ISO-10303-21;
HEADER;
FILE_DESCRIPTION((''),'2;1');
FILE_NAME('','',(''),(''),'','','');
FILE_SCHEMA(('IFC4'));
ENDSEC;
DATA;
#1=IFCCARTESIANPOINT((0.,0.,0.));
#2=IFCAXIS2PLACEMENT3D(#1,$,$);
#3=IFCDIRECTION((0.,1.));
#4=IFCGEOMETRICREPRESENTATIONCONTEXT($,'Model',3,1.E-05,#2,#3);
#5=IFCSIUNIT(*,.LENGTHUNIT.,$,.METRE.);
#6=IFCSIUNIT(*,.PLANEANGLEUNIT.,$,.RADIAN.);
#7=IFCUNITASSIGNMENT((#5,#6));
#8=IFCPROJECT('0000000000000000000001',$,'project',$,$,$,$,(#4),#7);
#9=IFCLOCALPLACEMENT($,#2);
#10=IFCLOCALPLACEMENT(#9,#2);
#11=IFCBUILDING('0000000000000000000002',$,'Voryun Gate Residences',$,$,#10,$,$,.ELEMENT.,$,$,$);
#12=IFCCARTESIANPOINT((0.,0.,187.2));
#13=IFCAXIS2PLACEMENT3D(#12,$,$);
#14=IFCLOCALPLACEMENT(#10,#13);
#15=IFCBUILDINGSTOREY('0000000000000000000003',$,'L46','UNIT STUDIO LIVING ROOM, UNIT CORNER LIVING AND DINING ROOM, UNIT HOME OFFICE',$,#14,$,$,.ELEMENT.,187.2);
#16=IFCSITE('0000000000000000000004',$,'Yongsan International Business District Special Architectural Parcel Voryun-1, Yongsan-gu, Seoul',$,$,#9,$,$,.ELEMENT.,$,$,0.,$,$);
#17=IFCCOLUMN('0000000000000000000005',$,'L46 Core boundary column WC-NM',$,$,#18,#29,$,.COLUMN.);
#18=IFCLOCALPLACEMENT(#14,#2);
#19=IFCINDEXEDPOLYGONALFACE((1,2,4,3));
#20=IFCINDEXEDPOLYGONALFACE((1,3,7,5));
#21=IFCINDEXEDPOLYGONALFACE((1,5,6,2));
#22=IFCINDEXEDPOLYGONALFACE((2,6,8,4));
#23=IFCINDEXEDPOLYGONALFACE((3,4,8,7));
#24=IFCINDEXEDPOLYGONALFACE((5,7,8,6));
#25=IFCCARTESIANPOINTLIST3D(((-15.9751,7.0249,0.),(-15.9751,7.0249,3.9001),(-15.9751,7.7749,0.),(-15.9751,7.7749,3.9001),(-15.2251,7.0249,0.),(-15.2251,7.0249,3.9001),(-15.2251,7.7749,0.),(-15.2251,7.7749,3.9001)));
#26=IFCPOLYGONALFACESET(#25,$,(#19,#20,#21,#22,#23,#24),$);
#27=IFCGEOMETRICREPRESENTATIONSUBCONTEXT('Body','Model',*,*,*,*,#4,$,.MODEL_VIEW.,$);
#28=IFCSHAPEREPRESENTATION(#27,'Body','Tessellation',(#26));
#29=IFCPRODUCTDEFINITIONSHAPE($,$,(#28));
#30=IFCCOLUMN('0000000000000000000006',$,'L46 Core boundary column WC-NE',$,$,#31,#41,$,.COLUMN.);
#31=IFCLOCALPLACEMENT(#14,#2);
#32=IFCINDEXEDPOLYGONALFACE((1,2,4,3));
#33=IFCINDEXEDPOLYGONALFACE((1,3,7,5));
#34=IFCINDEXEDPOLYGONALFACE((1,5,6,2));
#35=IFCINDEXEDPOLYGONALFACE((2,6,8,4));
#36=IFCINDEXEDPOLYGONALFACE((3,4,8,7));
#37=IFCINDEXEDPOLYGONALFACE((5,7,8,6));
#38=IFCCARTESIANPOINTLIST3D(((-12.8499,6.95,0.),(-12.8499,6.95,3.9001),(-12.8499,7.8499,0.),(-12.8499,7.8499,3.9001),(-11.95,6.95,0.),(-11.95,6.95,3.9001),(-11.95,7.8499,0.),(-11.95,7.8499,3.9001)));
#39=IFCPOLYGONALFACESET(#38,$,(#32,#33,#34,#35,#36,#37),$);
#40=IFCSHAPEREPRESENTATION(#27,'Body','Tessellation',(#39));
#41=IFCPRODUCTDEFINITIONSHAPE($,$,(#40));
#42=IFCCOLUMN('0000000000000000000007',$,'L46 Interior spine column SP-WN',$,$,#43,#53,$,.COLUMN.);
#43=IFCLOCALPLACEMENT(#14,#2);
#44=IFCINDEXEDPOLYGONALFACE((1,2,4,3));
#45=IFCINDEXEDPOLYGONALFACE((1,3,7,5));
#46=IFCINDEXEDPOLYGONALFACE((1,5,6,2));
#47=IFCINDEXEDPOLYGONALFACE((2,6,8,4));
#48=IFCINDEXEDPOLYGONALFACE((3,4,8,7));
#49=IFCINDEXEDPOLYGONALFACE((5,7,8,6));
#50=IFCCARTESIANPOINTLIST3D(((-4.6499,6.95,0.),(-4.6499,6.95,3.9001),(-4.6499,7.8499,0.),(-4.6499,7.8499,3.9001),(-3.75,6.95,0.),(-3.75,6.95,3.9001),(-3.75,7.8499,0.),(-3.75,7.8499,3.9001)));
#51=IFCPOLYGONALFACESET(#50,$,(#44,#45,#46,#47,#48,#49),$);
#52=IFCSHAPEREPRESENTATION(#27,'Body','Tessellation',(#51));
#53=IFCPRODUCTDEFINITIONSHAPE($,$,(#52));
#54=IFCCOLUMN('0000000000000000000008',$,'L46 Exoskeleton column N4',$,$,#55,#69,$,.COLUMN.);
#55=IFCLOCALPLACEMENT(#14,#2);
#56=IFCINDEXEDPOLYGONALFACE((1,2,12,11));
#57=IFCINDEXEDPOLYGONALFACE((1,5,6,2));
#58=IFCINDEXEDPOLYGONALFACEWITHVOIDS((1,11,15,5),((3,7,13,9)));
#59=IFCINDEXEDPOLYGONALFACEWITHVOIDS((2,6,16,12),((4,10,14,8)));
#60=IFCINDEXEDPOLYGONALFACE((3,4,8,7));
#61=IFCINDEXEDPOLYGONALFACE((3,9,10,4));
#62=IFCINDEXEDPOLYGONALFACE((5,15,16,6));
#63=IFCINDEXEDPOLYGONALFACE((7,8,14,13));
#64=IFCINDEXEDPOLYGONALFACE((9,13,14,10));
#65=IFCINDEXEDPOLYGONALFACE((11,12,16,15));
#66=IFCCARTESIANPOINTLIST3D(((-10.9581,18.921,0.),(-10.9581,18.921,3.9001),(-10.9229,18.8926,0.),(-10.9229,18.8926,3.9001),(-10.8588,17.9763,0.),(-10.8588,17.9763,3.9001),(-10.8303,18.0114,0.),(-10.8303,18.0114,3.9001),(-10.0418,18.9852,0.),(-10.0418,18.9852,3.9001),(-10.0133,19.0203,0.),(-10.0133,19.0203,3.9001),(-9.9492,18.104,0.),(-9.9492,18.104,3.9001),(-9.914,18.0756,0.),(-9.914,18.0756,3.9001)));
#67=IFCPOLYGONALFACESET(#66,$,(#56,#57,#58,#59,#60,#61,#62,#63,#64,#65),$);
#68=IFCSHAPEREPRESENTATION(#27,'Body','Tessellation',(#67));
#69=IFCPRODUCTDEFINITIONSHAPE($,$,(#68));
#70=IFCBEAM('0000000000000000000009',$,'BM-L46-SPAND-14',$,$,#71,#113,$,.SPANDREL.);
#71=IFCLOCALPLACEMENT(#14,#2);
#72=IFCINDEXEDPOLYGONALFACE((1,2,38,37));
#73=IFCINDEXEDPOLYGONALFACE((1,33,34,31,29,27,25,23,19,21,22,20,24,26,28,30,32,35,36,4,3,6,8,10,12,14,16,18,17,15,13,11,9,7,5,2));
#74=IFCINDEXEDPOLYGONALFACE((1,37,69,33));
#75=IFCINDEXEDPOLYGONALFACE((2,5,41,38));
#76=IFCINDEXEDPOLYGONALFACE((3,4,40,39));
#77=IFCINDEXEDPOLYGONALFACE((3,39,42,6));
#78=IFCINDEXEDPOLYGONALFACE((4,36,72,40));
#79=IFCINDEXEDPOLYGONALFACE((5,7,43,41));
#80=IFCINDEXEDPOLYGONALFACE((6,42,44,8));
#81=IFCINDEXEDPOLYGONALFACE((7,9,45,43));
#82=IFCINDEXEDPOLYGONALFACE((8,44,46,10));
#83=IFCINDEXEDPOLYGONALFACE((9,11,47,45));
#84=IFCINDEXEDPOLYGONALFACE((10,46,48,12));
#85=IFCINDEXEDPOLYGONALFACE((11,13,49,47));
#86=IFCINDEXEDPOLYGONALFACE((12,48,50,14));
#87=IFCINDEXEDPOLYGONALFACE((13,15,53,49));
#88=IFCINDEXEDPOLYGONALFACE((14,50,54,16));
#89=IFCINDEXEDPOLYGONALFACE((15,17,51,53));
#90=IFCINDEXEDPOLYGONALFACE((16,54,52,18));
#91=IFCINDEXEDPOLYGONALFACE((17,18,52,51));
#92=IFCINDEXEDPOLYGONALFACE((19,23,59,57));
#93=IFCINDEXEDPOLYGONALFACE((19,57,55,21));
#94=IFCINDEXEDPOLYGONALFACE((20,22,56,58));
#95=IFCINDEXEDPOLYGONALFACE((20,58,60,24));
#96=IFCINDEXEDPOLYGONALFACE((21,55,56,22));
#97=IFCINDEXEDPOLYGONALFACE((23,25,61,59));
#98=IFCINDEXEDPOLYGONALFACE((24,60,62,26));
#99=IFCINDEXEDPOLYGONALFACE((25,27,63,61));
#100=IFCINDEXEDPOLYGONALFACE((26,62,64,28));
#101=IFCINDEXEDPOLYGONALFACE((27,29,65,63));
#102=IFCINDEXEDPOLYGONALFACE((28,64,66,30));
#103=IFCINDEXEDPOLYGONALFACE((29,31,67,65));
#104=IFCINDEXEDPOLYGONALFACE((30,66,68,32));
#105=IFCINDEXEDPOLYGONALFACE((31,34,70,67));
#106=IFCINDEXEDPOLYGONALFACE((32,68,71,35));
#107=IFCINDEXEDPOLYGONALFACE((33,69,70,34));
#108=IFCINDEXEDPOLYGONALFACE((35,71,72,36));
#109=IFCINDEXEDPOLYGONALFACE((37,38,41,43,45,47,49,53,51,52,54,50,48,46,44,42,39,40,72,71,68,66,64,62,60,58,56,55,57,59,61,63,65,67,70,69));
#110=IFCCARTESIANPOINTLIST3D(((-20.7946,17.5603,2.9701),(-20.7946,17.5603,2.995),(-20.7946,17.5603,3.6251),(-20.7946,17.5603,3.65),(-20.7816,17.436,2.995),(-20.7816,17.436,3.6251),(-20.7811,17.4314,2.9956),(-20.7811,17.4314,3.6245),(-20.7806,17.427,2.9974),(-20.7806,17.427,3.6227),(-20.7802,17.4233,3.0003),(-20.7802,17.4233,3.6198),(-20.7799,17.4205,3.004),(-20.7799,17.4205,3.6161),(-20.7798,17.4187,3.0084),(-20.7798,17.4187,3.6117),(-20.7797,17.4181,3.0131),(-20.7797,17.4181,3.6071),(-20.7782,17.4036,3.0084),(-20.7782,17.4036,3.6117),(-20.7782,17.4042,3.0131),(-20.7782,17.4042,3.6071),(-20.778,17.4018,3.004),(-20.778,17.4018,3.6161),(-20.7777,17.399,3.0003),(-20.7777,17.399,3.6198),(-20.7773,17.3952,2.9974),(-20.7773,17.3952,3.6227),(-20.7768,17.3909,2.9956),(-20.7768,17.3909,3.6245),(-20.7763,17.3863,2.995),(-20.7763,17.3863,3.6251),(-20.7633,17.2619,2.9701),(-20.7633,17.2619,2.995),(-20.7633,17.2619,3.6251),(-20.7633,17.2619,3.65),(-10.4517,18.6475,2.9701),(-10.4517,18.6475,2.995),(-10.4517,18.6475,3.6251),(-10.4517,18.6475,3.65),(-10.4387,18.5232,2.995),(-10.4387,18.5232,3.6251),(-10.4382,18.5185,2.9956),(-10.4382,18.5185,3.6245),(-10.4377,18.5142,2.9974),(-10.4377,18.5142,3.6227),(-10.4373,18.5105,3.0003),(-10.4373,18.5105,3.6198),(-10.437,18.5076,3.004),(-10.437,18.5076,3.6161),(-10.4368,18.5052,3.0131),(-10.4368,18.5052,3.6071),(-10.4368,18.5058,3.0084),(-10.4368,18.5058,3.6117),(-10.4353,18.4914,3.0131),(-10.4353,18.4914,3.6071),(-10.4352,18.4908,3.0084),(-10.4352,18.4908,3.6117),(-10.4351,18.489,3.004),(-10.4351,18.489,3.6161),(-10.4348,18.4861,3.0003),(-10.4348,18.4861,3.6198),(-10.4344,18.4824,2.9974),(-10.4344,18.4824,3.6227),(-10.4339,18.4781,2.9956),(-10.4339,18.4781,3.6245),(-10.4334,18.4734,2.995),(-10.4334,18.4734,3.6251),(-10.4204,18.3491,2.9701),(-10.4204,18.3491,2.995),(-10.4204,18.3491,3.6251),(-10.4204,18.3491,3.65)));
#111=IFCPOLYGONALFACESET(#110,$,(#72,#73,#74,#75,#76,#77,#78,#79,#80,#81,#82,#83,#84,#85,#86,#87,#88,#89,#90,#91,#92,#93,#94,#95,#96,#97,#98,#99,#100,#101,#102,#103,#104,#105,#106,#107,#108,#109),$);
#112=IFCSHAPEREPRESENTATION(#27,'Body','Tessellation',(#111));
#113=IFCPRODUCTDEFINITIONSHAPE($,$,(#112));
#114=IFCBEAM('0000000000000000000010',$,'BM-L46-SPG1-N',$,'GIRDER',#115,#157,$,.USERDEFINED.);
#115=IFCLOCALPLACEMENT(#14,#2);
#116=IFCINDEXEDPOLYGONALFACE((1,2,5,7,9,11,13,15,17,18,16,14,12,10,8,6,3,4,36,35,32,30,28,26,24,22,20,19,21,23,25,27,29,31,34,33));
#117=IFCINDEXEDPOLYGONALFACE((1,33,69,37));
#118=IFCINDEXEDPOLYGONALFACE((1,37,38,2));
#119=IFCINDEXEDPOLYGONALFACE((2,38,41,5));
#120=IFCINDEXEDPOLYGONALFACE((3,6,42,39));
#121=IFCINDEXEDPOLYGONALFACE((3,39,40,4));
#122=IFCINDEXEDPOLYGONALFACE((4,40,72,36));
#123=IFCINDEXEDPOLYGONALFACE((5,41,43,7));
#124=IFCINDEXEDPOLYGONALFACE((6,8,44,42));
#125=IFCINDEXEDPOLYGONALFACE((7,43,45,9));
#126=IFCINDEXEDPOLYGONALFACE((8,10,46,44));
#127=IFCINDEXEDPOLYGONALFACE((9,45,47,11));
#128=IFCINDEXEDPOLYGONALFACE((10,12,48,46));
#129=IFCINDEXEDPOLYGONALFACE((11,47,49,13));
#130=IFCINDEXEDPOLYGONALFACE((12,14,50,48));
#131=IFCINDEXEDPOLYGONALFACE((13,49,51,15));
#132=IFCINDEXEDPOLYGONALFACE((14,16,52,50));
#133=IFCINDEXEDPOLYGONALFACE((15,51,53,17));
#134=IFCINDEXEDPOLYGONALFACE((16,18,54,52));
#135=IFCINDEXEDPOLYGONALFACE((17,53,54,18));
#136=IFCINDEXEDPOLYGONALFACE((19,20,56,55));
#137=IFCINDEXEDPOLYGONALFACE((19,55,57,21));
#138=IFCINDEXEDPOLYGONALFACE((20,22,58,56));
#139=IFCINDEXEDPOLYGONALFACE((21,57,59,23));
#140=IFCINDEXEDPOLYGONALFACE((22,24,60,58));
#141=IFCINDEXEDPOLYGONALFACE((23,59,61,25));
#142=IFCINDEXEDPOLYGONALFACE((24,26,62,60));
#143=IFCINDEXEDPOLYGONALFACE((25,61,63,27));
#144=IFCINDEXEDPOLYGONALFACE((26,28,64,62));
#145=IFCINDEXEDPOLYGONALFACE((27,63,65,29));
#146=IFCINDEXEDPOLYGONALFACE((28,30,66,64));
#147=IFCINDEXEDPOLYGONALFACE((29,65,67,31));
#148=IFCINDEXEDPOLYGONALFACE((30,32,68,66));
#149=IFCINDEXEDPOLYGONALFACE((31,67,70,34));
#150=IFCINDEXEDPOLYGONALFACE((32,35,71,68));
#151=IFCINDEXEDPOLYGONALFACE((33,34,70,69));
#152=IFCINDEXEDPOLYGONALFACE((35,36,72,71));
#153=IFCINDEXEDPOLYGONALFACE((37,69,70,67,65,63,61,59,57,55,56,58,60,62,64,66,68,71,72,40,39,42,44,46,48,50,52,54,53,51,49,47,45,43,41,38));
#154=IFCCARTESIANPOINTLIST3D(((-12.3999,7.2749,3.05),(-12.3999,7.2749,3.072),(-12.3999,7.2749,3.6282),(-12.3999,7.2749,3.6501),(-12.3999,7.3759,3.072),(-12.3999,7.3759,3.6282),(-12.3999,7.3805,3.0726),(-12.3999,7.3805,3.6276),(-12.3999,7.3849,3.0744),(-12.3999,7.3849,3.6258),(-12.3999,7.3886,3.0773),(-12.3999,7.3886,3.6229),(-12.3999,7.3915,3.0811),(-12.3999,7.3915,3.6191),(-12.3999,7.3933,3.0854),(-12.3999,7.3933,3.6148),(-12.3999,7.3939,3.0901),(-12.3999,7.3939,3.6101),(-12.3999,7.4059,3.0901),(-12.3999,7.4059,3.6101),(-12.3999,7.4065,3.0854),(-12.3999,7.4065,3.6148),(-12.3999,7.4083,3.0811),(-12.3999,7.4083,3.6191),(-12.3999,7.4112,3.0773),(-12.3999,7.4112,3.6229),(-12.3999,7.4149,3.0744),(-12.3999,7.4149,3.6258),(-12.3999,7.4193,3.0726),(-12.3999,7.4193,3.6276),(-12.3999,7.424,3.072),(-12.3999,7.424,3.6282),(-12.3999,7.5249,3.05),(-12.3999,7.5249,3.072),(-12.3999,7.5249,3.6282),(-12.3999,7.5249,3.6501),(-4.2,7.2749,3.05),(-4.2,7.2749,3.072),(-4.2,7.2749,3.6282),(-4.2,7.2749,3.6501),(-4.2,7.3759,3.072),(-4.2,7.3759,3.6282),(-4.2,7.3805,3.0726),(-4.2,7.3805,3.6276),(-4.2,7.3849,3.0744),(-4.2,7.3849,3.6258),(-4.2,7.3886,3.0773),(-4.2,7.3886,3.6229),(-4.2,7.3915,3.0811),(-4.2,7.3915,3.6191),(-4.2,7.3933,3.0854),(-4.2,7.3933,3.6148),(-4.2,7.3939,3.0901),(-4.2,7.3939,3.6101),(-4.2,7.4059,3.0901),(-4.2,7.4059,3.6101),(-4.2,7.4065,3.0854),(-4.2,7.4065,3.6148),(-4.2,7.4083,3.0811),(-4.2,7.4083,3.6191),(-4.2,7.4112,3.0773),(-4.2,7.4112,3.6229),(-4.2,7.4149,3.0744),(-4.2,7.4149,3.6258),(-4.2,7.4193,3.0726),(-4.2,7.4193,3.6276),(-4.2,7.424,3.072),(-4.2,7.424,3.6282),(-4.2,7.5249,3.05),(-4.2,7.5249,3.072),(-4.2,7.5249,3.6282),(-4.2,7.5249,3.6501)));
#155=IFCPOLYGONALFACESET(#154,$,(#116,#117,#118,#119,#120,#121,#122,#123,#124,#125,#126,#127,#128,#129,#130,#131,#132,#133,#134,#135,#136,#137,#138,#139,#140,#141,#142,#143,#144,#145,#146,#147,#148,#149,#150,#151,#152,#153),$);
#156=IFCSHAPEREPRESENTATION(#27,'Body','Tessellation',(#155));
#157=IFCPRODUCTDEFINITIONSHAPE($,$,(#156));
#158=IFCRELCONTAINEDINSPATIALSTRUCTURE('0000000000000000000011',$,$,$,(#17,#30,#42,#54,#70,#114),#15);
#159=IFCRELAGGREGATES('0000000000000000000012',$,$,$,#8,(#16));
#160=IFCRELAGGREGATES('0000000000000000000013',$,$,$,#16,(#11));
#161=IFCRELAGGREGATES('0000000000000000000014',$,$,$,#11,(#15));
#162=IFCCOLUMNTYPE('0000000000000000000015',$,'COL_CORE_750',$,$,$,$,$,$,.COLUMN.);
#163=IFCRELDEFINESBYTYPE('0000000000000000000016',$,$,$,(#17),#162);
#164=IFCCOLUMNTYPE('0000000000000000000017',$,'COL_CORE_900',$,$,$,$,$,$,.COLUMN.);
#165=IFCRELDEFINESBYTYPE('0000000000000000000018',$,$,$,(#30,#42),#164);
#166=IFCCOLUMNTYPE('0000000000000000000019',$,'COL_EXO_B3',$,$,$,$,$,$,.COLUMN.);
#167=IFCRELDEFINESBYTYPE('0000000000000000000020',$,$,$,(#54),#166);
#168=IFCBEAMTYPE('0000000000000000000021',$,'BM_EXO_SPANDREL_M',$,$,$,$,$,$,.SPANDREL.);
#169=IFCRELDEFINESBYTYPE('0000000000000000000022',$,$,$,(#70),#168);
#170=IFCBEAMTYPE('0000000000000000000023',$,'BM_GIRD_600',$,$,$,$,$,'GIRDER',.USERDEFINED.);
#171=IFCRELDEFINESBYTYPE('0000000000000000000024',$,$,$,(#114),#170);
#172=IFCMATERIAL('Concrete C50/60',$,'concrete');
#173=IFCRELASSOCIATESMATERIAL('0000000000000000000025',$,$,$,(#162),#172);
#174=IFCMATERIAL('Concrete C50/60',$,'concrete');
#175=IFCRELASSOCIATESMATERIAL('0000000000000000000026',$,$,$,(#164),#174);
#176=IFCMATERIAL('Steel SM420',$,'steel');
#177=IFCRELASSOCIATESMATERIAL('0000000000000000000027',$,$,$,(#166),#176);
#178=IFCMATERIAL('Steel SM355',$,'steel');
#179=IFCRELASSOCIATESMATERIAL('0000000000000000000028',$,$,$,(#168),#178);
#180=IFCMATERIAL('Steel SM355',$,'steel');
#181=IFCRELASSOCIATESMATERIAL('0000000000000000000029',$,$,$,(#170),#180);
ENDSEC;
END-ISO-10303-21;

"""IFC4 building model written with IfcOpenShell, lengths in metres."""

from ifc_helpers import new_model, si_unit, direction, frame, origin, origin_2d, place, context, subcontext, project, spatial, rectangle, hollow_rectangle, i_section, extrude, material, material_profile, profile_set, type_object, element, save


model = new_model("IFC4")

# Units and contexts
model_context = context("Model", 3, precision=1e-05, world=origin(), true_north=direction((0.0, 1.0)))
body_context = subcontext(model_context, "Body", "Model", "MODEL_VIEW")
ifc_project = project(units=[si_unit("LENGTHUNIT", "METRE"), si_unit("PLANEANGLEUNIT", "RADIAN")], contexts=[model_context])

# Site, building, storey
site_placement = place(None, origin())
site = spatial("IfcSite", under=ifc_project, at=site_placement, Name="Yongsan International Business District Special Architectural Parcel Voryun-1, Yongsan-gu, Seoul", CompositionType="ELEMENT", RefElevation=0.0)
building_placement = place(site_placement, origin())
building = spatial("IfcBuilding", under=site, at=building_placement, Name="Voryun Gate Residences", CompositionType="ELEMENT")
storey_placement = place(building_placement, frame((0.0, 0.0, 187.2)))
storey = spatial("IfcBuildingStorey", under=building, at=storey_placement, Name="L46", Description="UNIT STUDIO LIVING ROOM, UNIT CORNER LIVING AND DINING ROOM, UNIT HOME OFFICE", CompositionType="ELEMENT", Elevation=187.2)

# Columns
ifc_material_1 = material(Name="Concrete C50/60", Category="concrete")
ifc_material_profile_1 = material_profile(ifc_material_1, rectangle(XDim=0.75, YDim=0.75, at=origin_2d()), Name="RC-750x750")
ifc_profile_set_1 = profile_set([ifc_material_profile_1], Name="Concrete C50/60")
column_type_1 = type_object("IfcColumnType", Name="COL_CORE_750", PredefinedType="COLUMN", material=ifc_profile_set_1)
column_1_placement = place(storey_placement, frame((-15.6001, 7.3999, 0.0), z_axis=(0.0, 0.0, 1.0), x_axis=(1.0, 0.0, 0.0)))
element("IfcColumn", 1, at=column_1_placement, inside=storey, type_object=column_type_1, Name="L46 Core boundary column WC-NM", PredefinedType="COLUMN", context=body_context, shape_type="SweptSolid", body=[
    extrude(rectangle(XDim=0.75, YDim=0.75, at=origin_2d()), origin(), (0.0, 0.0, 1.0), 3.9001),
])
ifc_material_2 = material(Name="Concrete C50/60", Category="concrete")
ifc_material_profile_2 = material_profile(ifc_material_2, rectangle(XDim=0.8999, YDim=0.8999, at=origin_2d()), Name="RC-900x900")
ifc_profile_set_2 = profile_set([ifc_material_profile_2], Name="Concrete C50/60")
column_type_2 = type_object("IfcColumnType", Name="COL_CORE_900", PredefinedType="COLUMN", material=ifc_profile_set_2)
for number, where, z_axis, x_axis, name in (
    (2, (-12.3999, 7.3999, 0.0), (0.0, 0.0, 1.0), (1.0, 0.0, 0.0), "L46 Core boundary column WC-NE"),
    (3, (-4.2, 7.3999, 0.0), (0.0, 0.0, 1.0), (1.0, 0.0, 0.0), "L46 Interior spine column SP-WN"),
):
    element("IfcColumn", number, at=place(storey_placement, frame(where, z_axis=z_axis, x_axis=x_axis)), inside=storey, type_object=column_type_2, Name=name, PredefinedType="COLUMN", context=body_context, shape_type="SweptSolid", body=[
        extrude(rectangle(XDim=0.8999, YDim=0.8999, at=origin_2d()), origin(), (0.0, 0.0, 1.0), 3.9001),
    ])
ifc_material_3 = material(Name="Steel SM420", Category="steel")
ifc_material_profile_3 = material_profile(ifc_material_3, hollow_rectangle(XDim=0.95, YDim=0.95, WallThickness=0.032, at=origin_2d()), Name="BOX-950x950x32")
ifc_profile_set_3 = profile_set([ifc_material_profile_3], Name="Steel SM420")
column_type_3 = type_object("IfcColumnType", Name="COL_EXO_B3", PredefinedType="COLUMN", material=ifc_profile_set_3)
column_2_placement = place(storey_placement, frame((-10.436, 18.4983, 0.0), z_axis=(0.0, 0.0, 1.0), x_axis=(0.994522, 0.104528, 0.0)))
element("IfcColumn", 4, at=column_2_placement, inside=storey, type_object=column_type_3, Name="L46 Exoskeleton column N4", PredefinedType="COLUMN", context=body_context, shape_type="SweptSolid", body=[
    extrude(hollow_rectangle(XDim=0.95, YDim=0.95, WallThickness=0.032, at=origin_2d()), origin(), (0.0, 0.0, 1.0), 3.9001),
])

# Beams
ifc_material_4 = material(Name="Steel SM355", Category="steel")
ifc_material_profile_4 = material_profile(ifc_material_4, i_section(OverallWidth=0.3, OverallDepth=0.6799, WebThickness=0.0139, FlangeThickness=0.0249, FilletRadius=0.0181, at=origin_2d()), Name="H-680x300x14x25")
ifc_profile_set_4 = profile_set([ifc_material_profile_4], Name="Steel SM355")
beam_type_1 = type_object("IfcBeamType", Name="BM_EXO_SPANDREL_M", PredefinedType="SPANDREL", material=ifc_profile_set_4)
beam_1_placement = place(storey_placement, frame((-10.436, 18.4983, 3.3101), z_axis=(-0.994521, -0.104534, 0.0), x_axis=(0.104534, -0.994521, 0.0)))
element("IfcBeam", 5, at=beam_1_placement, inside=storey, type_object=beam_type_1, Name="BM-L46-SPAND-14", PredefinedType="SPANDREL", context=body_context, shape_type="SweptSolid", body=[
    extrude(i_section(OverallWidth=0.3, OverallDepth=0.6799, WebThickness=0.0139, FlangeThickness=0.0249, FilletRadius=0.0181, at=origin_2d()), origin(), (0.0, 0.0, 1.0), 10.3999),
])
ifc_material_5 = material(Name="Steel SM355", Category="steel")
ifc_material_profile_5 = material_profile(ifc_material_5, i_section(OverallWidth=0.25, OverallDepth=0.6001, WebThickness=0.012, FlangeThickness=0.022, FilletRadius=0.0181, at=origin_2d()), Name="H-600x250x12x22")
ifc_profile_set_5 = profile_set([ifc_material_profile_5], Name="Steel SM355")
beam_type_2 = type_object("IfcBeamType", Name="BM_GIRD_600", ElementType="GIRDER", PredefinedType="USERDEFINED", material=ifc_profile_set_5)
beam_2_placement = place(storey_placement, frame((-12.3999, 7.3999, 3.3501), z_axis=(1.0, 0.0, 0.0), x_axis=(0.0, 1.0, 0.0)))
element("IfcBeam", 6, at=beam_2_placement, inside=storey, type_object=beam_type_2, Name="BM-L46-SPG1-N", ObjectType="GIRDER", PredefinedType="USERDEFINED", context=body_context, shape_type="SweptSolid", body=[
    extrude(i_section(OverallWidth=0.25, OverallDepth=0.6001, WebThickness=0.012, FlangeThickness=0.022, FilletRadius=0.0181, at=origin_2d()), origin(), (0.0, 0.0, 1.0), 8.2),
])

save(model, "model.ifc")
